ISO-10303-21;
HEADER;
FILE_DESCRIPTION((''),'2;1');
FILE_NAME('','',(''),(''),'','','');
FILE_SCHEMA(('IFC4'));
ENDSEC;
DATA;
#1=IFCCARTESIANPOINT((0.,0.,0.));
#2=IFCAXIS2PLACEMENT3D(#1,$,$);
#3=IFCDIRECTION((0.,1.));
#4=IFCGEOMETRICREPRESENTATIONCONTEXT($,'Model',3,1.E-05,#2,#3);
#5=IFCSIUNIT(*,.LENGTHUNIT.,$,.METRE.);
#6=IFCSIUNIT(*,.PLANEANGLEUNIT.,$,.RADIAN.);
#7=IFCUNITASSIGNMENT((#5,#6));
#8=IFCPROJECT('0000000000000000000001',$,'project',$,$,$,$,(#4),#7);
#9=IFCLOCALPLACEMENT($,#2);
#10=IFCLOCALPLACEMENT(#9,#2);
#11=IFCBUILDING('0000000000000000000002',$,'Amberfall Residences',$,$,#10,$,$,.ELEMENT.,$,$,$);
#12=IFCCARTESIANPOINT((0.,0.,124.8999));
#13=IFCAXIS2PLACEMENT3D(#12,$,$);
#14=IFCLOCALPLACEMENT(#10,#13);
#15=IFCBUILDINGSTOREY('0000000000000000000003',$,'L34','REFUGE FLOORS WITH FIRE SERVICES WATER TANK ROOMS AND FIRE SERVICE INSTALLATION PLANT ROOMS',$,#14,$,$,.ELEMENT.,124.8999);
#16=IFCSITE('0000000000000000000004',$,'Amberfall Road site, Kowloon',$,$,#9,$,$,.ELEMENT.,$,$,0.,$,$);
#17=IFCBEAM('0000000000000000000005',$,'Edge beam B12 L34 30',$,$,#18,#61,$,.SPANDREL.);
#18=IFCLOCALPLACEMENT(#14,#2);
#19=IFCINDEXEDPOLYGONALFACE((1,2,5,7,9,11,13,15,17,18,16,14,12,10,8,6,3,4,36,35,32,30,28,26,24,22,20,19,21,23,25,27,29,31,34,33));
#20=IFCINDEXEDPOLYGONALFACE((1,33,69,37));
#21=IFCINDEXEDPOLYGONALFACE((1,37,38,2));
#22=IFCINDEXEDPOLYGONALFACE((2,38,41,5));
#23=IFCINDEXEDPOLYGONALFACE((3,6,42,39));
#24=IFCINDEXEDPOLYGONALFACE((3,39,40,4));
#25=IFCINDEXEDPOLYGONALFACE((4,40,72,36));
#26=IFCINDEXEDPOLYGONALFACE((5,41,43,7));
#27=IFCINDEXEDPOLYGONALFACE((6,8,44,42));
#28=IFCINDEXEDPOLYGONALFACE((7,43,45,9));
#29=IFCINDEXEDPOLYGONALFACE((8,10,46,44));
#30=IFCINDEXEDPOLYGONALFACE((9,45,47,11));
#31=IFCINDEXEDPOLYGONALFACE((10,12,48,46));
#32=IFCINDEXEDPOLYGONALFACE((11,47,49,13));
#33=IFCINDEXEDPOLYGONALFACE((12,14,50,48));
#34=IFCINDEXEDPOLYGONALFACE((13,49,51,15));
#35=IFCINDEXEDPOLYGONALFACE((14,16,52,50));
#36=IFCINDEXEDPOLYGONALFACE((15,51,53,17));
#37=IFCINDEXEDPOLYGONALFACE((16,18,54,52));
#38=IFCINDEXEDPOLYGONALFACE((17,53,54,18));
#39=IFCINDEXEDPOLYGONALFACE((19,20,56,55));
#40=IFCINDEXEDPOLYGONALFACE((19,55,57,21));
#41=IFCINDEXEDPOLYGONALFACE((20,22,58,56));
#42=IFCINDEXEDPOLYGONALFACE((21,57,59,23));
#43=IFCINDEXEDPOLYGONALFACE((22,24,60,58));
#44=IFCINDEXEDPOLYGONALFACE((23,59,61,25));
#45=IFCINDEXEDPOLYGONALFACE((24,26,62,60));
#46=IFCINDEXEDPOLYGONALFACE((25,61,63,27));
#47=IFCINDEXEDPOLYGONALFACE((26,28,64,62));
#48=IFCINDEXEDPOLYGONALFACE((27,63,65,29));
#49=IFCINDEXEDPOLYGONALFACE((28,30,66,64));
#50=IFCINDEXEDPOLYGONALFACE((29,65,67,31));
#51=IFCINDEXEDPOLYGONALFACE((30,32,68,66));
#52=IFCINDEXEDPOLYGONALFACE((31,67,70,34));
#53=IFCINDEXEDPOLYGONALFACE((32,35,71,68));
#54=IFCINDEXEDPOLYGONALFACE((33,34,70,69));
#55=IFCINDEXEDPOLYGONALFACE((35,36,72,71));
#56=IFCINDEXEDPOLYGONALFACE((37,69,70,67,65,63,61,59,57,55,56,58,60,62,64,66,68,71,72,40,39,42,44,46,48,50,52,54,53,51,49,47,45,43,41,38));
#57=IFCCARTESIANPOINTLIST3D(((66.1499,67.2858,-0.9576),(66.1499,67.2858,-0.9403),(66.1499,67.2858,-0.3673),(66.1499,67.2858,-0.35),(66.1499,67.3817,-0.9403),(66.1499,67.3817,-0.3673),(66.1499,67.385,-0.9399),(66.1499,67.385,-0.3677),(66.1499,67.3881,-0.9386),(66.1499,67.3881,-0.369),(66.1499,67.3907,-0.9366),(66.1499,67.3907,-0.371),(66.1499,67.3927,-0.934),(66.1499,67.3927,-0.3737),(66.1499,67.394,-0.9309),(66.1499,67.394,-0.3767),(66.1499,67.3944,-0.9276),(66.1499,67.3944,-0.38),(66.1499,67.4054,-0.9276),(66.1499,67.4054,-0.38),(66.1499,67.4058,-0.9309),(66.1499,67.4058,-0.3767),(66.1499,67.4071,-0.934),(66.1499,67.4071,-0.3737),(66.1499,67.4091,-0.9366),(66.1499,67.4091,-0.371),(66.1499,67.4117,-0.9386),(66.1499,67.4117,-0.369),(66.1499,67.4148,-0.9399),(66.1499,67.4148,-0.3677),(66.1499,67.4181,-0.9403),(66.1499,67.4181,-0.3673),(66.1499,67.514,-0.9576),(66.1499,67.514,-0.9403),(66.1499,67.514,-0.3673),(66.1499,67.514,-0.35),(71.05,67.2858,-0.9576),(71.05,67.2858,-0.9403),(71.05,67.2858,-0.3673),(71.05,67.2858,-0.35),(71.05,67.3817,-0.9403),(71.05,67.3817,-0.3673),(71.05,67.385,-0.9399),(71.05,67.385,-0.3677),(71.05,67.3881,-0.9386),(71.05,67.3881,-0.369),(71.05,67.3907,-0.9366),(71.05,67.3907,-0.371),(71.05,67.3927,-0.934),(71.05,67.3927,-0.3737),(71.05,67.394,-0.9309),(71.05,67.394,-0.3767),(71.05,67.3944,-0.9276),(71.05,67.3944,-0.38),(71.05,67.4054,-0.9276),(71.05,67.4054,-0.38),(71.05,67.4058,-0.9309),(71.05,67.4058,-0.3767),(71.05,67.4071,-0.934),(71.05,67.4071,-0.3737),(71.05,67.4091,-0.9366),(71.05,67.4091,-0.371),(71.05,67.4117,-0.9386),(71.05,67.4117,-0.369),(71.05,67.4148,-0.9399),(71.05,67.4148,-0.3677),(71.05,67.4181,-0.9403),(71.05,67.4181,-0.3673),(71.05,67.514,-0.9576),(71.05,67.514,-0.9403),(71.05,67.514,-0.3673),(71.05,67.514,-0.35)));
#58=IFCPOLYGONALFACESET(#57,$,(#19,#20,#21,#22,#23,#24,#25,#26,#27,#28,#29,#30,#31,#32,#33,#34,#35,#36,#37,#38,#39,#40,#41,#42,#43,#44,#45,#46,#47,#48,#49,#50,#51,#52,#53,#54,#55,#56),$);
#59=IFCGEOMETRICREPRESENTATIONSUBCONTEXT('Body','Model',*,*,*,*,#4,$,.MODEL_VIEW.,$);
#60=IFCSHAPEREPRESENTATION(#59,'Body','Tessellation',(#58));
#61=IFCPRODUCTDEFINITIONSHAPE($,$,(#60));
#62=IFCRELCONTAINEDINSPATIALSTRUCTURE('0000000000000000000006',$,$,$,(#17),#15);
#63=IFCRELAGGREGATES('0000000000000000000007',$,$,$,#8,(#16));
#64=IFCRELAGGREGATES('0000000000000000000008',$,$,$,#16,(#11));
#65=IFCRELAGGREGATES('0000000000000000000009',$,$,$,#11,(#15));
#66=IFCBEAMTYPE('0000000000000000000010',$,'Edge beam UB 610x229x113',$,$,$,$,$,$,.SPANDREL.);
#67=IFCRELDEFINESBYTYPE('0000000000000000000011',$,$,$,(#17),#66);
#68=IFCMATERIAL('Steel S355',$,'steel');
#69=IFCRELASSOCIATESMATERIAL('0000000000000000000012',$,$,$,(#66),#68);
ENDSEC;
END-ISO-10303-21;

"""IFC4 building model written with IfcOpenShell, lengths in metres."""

from ifc_helpers import new_model, si_unit, direction, frame, origin, origin_2d, place, context, subcontext, project, spatial, i_section, extrude, material, material_profile, profile_set, type_object, element, save


model = new_model("IFC4")

# Units and contexts
model_context = context("Model", 3, precision=1e-05, world=origin(), true_north=direction((0.0, 1.0)))
body_context = subcontext(model_context, "Body", "Model", "MODEL_VIEW")
ifc_project = project(units=[si_unit("LENGTHUNIT", "METRE"), si_unit("PLANEANGLEUNIT", "RADIAN")], contexts=[model_context])

# Site, building, storey
site_placement = place(None, origin())
site = spatial("IfcSite", under=ifc_project, at=site_placement, Name="Amberfall Road site, Kowloon", CompositionType="ELEMENT", RefElevation=0.0)
building_placement = place(site_placement, origin())
building = spatial("IfcBuilding", under=site, at=building_placement, Name="Amberfall Residences", CompositionType="ELEMENT")
storey_placement = place(building_placement, frame((0.0, 0.0, 124.8999)))
storey = spatial("IfcBuildingStorey", under=building, at=storey_placement, Name="L34", Description="REFUGE FLOORS WITH FIRE SERVICES WATER TANK ROOMS AND FIRE SERVICE INSTALLATION PLANT ROOMS", CompositionType="ELEMENT", Elevation=124.8999)

# Shared definitions
ifc_material_1 = material(Name="Steel S355", Category="steel")

# Beam
ifc_material_profile_1 = material_profile(ifc_material_1, i_section(OverallWidth=0.2283, OverallDepth=0.6077, WebThickness=0.011, FlangeThickness=0.0173, FilletRadius=0.0127, at=origin_2d()), Name="UB 610x229x113")
ifc_profile_set_1 = profile_set([ifc_material_profile_1], Name="Steel S355")
beam_type_1 = type_object("IfcBeamType", Name="Edge beam UB 610x229x113", PredefinedType="SPANDREL", material=ifc_profile_set_1)
for number, where, z_axis, x_axis, name in (
    (1, (66.1499, 67.3999, -0.6538), (1.0, 0.0, 0.0), (0.0, 1.0, 0.0), "Edge beam B12 L34 30"),
):
    element("IfcBeam", number, at=place(storey_placement, frame(where, z_axis=z_axis, x_axis=x_axis)), inside=storey, type_object=beam_type_1, Name=name, PredefinedType="SPANDREL", context=body_context, shape_type="SweptSolid", body=[
        extrude(i_section(OverallWidth=0.2283, OverallDepth=0.6077, WebThickness=0.011, FlangeThickness=0.0173, FilletRadius=0.0127, at=origin_2d()), origin(), (0.0, 0.0, 1.0), 4.9001),
    ])

save(model, "model.ifc")
